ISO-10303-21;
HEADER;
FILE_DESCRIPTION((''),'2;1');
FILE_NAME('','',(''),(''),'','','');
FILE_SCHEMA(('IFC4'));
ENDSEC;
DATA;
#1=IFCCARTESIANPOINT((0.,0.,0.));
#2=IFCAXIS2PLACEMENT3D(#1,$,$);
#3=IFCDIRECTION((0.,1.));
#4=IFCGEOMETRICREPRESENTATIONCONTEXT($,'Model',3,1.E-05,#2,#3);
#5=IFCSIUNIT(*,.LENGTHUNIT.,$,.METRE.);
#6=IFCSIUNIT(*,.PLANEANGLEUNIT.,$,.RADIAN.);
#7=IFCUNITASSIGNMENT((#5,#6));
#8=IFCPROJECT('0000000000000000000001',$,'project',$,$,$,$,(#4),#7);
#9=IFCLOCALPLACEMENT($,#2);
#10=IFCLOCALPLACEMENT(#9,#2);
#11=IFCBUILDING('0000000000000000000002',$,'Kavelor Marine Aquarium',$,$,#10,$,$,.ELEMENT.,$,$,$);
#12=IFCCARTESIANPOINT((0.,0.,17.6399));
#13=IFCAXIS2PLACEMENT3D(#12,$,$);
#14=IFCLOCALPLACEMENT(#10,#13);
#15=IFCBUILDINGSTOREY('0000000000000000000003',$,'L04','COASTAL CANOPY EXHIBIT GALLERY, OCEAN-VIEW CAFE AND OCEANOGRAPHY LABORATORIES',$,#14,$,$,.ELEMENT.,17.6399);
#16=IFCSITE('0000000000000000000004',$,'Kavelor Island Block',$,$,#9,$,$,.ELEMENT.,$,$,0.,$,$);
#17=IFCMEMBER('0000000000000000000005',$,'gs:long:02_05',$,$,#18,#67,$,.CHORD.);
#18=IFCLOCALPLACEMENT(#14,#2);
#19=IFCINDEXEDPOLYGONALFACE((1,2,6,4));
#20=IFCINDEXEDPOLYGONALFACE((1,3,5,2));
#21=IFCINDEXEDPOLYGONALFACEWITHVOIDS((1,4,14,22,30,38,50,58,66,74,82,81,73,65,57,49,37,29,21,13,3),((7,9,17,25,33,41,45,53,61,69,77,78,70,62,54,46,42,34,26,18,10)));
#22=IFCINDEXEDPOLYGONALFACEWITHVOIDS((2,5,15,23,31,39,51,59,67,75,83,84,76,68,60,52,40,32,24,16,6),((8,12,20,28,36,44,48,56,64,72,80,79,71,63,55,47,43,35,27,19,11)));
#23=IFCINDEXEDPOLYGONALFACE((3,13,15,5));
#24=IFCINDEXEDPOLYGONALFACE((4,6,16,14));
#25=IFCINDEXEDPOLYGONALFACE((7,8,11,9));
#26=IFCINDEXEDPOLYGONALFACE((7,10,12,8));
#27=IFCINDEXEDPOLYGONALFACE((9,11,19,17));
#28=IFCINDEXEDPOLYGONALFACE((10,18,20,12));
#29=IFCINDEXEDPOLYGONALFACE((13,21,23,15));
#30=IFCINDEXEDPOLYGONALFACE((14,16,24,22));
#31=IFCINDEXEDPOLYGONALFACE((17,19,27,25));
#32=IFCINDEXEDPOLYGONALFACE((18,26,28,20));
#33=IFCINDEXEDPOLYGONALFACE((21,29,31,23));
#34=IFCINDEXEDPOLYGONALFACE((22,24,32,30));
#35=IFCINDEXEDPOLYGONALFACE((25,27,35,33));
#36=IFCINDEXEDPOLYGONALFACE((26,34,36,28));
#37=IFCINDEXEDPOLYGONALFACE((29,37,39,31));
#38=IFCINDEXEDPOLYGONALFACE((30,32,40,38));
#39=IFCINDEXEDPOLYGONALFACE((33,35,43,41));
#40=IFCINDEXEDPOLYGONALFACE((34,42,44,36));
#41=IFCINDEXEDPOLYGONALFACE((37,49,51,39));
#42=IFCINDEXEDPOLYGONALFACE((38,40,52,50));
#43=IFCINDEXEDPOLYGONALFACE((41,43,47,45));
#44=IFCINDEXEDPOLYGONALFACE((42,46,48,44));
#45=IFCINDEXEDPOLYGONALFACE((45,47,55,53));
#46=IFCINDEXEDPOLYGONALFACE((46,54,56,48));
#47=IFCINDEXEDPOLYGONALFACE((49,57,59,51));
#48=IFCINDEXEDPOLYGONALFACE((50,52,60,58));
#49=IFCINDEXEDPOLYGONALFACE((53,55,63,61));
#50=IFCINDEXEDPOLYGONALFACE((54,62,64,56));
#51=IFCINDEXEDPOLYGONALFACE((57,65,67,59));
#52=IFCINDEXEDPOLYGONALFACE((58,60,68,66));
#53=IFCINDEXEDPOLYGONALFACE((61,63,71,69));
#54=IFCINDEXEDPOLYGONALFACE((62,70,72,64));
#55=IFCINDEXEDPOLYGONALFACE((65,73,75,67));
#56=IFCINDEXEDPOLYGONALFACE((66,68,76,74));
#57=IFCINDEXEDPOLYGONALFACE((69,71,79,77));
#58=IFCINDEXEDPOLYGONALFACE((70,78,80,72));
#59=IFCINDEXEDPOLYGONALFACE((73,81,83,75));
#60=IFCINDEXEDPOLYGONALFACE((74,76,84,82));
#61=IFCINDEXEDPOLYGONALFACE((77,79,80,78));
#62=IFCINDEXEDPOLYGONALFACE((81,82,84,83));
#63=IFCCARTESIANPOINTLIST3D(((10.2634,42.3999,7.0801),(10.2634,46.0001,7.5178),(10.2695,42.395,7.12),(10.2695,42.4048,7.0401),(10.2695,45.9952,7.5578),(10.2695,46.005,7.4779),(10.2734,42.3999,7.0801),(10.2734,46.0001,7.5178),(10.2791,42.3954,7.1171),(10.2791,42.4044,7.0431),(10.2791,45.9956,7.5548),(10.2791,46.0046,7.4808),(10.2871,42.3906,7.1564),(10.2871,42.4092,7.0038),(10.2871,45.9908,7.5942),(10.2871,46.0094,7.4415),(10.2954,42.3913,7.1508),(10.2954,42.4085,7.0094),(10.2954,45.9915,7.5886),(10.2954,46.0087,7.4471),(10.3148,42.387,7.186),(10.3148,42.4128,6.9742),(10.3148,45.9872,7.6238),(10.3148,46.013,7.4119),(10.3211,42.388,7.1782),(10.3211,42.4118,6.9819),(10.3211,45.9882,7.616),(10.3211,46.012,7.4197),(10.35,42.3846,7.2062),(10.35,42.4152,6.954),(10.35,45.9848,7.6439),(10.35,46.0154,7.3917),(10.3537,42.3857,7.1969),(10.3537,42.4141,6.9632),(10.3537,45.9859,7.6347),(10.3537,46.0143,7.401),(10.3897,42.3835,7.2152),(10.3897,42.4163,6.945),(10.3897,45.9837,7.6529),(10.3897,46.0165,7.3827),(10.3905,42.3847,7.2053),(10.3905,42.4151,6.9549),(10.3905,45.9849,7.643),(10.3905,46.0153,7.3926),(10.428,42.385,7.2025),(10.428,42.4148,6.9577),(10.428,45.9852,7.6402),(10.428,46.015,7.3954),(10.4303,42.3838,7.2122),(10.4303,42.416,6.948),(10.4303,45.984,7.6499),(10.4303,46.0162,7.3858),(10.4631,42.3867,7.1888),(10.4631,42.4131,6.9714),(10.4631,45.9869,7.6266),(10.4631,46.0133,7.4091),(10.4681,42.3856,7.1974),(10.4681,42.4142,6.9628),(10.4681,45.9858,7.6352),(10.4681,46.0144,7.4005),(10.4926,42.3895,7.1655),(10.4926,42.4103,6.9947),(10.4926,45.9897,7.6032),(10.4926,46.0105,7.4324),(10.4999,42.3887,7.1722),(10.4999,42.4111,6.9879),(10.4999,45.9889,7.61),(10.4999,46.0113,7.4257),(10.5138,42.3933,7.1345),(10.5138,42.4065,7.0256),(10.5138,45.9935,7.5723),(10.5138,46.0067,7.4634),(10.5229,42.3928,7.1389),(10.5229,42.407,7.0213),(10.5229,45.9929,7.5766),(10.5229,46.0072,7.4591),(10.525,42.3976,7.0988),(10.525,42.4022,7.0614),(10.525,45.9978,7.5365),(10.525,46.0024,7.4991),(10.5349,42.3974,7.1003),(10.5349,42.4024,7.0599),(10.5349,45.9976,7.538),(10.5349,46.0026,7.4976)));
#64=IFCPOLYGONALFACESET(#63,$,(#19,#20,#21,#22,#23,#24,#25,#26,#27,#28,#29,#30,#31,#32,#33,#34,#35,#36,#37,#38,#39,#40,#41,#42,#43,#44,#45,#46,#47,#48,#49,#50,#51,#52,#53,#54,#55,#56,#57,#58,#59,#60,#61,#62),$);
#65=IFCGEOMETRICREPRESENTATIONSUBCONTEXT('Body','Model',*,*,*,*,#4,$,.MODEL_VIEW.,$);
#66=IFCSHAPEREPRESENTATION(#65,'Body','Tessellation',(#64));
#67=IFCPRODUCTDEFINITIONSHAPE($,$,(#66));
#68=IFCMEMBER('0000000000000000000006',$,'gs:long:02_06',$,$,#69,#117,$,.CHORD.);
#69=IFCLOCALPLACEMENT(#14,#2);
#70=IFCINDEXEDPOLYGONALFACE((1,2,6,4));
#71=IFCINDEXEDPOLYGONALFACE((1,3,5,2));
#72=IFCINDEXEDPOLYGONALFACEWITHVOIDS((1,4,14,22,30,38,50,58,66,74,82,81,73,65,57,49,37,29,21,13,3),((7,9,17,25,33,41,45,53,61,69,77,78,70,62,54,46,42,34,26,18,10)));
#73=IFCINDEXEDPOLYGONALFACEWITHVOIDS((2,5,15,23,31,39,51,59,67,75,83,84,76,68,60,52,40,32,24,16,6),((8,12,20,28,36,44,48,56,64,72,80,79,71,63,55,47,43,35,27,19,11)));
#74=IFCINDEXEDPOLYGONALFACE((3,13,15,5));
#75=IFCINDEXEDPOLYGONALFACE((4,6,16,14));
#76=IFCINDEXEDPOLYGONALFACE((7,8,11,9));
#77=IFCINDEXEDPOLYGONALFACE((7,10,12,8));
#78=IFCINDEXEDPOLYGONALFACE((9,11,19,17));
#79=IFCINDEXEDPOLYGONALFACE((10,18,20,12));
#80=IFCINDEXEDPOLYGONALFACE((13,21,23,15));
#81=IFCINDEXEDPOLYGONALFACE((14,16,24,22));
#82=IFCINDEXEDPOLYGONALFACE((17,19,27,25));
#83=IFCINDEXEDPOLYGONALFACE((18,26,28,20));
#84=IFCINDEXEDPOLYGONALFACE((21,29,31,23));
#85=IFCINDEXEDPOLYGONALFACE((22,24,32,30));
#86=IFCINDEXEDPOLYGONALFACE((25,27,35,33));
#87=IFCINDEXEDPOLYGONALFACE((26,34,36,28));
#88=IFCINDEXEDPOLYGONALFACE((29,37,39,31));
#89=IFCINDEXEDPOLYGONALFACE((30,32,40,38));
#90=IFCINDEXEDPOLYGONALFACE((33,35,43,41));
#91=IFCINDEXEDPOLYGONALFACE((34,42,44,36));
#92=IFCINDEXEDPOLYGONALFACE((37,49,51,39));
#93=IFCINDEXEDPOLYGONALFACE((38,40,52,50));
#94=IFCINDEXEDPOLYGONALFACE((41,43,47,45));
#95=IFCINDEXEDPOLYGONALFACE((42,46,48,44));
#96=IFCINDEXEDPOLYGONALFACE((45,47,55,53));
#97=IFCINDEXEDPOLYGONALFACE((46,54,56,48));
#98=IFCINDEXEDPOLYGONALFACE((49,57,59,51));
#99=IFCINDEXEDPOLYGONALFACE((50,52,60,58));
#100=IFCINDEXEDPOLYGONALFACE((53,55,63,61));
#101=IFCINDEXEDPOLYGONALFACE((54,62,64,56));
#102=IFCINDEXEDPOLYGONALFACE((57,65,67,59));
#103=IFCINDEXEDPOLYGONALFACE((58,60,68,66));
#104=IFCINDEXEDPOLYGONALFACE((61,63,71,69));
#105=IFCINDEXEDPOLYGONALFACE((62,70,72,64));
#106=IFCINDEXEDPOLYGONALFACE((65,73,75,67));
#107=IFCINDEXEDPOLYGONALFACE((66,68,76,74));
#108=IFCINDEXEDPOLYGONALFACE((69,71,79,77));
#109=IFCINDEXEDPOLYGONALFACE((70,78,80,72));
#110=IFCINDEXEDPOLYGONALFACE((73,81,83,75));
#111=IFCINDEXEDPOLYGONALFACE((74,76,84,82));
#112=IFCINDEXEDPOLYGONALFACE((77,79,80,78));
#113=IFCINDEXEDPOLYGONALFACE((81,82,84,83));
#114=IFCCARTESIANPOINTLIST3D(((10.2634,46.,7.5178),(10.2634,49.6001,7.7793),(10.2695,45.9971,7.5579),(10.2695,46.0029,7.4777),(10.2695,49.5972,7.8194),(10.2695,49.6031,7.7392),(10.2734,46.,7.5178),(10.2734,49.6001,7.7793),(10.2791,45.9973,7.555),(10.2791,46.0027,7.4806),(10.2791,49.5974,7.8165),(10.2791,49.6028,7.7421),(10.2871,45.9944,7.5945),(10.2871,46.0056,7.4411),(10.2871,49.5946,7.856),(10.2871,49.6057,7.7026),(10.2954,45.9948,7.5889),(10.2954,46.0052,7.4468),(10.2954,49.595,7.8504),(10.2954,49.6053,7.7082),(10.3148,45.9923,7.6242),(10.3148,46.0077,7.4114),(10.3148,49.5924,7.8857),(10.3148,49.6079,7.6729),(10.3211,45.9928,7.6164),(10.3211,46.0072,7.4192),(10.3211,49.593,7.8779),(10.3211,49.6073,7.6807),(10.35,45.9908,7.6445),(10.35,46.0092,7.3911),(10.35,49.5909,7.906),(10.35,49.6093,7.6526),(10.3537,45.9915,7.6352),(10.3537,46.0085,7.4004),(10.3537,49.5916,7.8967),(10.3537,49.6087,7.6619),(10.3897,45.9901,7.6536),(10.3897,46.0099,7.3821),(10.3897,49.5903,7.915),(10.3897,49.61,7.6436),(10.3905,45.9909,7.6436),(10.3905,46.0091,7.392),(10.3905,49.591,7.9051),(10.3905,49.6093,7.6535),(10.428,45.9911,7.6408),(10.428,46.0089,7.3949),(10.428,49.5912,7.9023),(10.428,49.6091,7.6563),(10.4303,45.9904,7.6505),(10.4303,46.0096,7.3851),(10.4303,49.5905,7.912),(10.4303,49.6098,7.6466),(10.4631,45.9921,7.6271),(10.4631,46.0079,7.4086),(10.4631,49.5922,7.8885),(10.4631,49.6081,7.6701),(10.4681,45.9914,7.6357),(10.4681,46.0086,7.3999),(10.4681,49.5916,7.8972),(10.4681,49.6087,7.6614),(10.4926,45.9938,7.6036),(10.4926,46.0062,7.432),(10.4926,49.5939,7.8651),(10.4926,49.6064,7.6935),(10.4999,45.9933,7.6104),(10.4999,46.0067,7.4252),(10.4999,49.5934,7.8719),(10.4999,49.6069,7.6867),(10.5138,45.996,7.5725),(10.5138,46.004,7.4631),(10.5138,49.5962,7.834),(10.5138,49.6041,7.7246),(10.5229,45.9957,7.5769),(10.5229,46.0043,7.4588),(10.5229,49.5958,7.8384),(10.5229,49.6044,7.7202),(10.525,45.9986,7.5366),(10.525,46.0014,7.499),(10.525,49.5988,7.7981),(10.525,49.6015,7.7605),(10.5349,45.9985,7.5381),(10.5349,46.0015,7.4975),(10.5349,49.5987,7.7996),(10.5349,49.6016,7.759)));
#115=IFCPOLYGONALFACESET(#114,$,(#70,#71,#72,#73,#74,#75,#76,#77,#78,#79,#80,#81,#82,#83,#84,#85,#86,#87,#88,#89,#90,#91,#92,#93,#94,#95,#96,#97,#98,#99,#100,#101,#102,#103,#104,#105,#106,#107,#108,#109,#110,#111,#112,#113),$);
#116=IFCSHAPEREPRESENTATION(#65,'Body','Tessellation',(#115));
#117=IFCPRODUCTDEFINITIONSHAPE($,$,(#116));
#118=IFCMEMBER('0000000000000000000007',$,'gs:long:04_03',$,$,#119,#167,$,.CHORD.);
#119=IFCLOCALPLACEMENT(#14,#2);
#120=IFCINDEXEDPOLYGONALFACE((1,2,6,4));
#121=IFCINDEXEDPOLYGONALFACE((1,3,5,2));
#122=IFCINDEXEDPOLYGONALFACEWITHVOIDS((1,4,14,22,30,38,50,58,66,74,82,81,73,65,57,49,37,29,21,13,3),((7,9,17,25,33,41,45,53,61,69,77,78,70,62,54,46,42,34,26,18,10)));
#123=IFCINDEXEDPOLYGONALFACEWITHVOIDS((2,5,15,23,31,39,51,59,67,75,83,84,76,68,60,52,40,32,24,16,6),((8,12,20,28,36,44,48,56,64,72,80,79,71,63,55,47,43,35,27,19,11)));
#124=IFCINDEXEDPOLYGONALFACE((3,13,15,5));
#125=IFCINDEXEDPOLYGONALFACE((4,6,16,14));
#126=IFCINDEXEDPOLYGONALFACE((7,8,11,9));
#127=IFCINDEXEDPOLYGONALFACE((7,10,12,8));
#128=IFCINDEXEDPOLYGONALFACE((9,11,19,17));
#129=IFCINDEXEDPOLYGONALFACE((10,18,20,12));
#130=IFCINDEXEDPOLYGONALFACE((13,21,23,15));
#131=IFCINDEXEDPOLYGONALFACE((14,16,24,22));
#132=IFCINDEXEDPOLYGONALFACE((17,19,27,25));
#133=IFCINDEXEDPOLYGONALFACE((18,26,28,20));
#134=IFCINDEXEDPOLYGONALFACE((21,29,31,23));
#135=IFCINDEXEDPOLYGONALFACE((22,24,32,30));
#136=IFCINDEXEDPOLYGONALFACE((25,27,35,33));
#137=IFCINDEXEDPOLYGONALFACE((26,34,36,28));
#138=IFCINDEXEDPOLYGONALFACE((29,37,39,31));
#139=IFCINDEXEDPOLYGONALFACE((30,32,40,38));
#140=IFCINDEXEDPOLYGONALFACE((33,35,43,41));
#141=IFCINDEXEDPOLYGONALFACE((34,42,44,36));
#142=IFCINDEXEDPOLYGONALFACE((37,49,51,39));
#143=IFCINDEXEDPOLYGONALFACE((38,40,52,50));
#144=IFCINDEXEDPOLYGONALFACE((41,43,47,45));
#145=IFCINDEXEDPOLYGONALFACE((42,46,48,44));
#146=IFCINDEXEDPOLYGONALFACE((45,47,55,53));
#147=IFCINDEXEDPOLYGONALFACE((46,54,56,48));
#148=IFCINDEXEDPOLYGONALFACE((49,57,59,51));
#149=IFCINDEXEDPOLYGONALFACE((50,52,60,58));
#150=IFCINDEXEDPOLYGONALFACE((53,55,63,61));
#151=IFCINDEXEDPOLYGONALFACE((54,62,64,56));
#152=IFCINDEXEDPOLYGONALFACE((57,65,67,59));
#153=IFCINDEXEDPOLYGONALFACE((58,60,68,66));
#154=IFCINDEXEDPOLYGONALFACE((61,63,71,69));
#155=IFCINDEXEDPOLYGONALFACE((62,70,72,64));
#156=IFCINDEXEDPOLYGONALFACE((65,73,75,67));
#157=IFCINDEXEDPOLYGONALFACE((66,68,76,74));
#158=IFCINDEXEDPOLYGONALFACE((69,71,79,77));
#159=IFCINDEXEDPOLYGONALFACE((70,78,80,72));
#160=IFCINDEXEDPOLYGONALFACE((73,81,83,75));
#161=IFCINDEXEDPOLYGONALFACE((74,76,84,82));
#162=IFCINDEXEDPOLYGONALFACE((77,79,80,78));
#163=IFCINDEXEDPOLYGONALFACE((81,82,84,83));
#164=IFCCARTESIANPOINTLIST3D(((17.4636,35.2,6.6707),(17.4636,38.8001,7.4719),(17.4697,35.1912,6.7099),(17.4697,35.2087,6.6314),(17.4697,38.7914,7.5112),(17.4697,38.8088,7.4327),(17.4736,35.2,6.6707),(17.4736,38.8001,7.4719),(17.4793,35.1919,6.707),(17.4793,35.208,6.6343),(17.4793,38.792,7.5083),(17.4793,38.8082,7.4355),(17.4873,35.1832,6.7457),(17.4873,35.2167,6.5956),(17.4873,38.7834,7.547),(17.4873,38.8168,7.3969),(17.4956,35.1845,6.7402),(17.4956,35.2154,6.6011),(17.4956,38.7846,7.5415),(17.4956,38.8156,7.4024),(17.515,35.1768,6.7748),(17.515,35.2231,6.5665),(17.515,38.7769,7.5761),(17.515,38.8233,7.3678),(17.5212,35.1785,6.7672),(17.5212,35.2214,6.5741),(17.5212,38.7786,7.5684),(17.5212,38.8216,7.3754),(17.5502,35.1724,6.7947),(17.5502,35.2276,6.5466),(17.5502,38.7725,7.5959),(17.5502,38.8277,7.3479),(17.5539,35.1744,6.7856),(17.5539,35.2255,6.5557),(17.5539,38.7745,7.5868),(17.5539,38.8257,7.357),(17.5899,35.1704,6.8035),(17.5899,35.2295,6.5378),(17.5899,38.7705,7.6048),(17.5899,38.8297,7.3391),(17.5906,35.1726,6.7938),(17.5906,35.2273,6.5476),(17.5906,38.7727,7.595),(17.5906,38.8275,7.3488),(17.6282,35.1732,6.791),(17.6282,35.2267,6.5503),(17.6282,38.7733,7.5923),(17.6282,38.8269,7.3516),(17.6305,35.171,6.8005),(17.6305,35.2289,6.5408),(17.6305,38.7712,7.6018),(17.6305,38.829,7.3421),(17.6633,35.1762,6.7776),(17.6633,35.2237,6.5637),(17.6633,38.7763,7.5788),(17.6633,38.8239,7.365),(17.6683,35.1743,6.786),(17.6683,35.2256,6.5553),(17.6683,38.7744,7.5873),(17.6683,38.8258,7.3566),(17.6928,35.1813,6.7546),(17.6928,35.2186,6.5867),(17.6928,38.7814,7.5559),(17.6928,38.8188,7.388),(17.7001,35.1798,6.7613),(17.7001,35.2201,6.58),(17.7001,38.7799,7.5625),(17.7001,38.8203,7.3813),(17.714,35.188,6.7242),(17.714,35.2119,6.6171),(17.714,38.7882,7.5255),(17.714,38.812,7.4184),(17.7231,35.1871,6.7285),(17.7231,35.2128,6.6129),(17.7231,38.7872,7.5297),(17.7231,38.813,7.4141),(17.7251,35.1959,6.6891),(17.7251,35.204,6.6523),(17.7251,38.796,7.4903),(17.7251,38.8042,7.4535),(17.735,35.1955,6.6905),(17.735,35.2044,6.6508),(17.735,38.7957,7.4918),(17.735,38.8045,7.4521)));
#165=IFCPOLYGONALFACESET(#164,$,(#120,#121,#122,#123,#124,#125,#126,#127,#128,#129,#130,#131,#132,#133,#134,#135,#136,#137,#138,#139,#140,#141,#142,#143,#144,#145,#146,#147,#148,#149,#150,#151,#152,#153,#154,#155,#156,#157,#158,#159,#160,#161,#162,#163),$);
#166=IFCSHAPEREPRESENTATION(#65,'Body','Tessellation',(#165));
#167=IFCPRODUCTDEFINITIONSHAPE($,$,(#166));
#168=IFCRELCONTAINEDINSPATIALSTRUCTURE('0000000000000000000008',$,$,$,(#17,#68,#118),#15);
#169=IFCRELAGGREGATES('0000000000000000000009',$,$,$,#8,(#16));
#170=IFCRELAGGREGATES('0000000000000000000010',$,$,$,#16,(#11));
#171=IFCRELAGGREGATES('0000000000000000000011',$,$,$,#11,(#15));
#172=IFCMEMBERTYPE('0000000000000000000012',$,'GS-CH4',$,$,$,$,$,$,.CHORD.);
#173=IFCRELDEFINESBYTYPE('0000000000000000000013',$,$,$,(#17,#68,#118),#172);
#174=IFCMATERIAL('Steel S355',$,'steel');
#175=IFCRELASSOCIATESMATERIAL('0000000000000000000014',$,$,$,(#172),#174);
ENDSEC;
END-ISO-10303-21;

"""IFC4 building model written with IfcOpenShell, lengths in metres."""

from ifc_helpers import new_model, si_unit, direction, frame, origin, origin_2d, place, context, subcontext, project, spatial, hollow_circle, extrude, material, material_profile, profile_set, type_object, element, save


model = new_model("IFC4")

# Units and contexts
model_context = context("Model", 3, precision=1e-05, world=origin(), true_north=direction((0.0, 1.0)))
body_context = subcontext(model_context, "Body", "Model", "MODEL_VIEW")
ifc_project = project(units=[si_unit("LENGTHUNIT", "METRE"), si_unit("PLANEANGLEUNIT", "RADIAN")], contexts=[model_context])

# Site, building, storey
site_placement = place(None, origin())
site = spatial("IfcSite", under=ifc_project, at=site_placement, Name="Kavelor Island Block", CompositionType="ELEMENT", RefElevation=0.0)
building_placement = place(site_placement, origin())
building = spatial("IfcBuilding", under=site, at=building_placement, Name="Kavelor Marine Aquarium", CompositionType="ELEMENT")
storey_placement = place(building_placement, frame((0.0, 0.0, 17.6399)))
storey = spatial("IfcBuildingStorey", under=building, at=storey_placement, Name="L04", Description="COASTAL CANOPY EXHIBIT GALLERY, OCEAN-VIEW CAFE AND OCEANOGRAPHY LABORATORIES", CompositionType="ELEMENT", Elevation=17.6399)

# Members
ifc_material_1 = material(Name="Steel S355", Category="steel")
ifc_material_profile_1 = material_profile(ifc_material_1, hollow_circle(Radius=0.1365, WallThickness=0.01, at=origin_2d()), Name="CHS 273.0x10.0")
ifc_profile_set_1 = profile_set([ifc_material_profile_1], Name="Steel S355")
member_type_1 = type_object("IfcMemberType", Name="GS-CH4", PredefinedType="CHORD", material=ifc_profile_set_1)
member_1_placement = place(storey_placement, frame((10.3999, 42.3999, 7.0801), z_axis=(0.0, 0.992689, 0.120703), x_axis=(-1.0, 0.0, 0.0)))
element("IfcMember", 1, at=member_1_placement, inside=storey, type_object=member_type_1, Name="gs:long:02_05", PredefinedType="CHORD", context=body_context, shape_type="SweptSolid", body=[
    extrude(hollow_circle(Radius=0.1365, WallThickness=0.01, at=origin_2d()), origin(), (0.0, 0.0, 1.0), 3.6267),
])
member_2_placement = place(storey_placement, frame((10.3999, 46.0, 7.5178), z_axis=(0.0, 0.997373, 0.072439), x_axis=(-1.0, 0.0, 0.0)))
element("IfcMember", 2, at=member_2_placement, inside=storey, type_object=member_type_1, Name="gs:long:02_06", PredefinedType="CHORD", context=body_context, shape_type="SweptSolid", body=[
    extrude(hollow_circle(Radius=0.1365, WallThickness=0.01, at=origin_2d()), origin(), (0.0, 0.0, 1.0), 3.6096),
])
member_3_placement = place(storey_placement, frame((17.6001, 35.2, 6.6707), z_axis=(0.0, 0.976115, 0.217253), x_axis=(-1.0, 0.0, 0.0)))
element("IfcMember", 3, at=member_3_placement, inside=storey, type_object=member_type_1, Name="gs:long:04_03", PredefinedType="CHORD", context=body_context, shape_type="SweptSolid", body=[
    extrude(hollow_circle(Radius=0.1365, WallThickness=0.01, at=origin_2d()), origin(), (0.0, 0.0, 1.0), 3.6882),
])

save(model, "model.ifc")
